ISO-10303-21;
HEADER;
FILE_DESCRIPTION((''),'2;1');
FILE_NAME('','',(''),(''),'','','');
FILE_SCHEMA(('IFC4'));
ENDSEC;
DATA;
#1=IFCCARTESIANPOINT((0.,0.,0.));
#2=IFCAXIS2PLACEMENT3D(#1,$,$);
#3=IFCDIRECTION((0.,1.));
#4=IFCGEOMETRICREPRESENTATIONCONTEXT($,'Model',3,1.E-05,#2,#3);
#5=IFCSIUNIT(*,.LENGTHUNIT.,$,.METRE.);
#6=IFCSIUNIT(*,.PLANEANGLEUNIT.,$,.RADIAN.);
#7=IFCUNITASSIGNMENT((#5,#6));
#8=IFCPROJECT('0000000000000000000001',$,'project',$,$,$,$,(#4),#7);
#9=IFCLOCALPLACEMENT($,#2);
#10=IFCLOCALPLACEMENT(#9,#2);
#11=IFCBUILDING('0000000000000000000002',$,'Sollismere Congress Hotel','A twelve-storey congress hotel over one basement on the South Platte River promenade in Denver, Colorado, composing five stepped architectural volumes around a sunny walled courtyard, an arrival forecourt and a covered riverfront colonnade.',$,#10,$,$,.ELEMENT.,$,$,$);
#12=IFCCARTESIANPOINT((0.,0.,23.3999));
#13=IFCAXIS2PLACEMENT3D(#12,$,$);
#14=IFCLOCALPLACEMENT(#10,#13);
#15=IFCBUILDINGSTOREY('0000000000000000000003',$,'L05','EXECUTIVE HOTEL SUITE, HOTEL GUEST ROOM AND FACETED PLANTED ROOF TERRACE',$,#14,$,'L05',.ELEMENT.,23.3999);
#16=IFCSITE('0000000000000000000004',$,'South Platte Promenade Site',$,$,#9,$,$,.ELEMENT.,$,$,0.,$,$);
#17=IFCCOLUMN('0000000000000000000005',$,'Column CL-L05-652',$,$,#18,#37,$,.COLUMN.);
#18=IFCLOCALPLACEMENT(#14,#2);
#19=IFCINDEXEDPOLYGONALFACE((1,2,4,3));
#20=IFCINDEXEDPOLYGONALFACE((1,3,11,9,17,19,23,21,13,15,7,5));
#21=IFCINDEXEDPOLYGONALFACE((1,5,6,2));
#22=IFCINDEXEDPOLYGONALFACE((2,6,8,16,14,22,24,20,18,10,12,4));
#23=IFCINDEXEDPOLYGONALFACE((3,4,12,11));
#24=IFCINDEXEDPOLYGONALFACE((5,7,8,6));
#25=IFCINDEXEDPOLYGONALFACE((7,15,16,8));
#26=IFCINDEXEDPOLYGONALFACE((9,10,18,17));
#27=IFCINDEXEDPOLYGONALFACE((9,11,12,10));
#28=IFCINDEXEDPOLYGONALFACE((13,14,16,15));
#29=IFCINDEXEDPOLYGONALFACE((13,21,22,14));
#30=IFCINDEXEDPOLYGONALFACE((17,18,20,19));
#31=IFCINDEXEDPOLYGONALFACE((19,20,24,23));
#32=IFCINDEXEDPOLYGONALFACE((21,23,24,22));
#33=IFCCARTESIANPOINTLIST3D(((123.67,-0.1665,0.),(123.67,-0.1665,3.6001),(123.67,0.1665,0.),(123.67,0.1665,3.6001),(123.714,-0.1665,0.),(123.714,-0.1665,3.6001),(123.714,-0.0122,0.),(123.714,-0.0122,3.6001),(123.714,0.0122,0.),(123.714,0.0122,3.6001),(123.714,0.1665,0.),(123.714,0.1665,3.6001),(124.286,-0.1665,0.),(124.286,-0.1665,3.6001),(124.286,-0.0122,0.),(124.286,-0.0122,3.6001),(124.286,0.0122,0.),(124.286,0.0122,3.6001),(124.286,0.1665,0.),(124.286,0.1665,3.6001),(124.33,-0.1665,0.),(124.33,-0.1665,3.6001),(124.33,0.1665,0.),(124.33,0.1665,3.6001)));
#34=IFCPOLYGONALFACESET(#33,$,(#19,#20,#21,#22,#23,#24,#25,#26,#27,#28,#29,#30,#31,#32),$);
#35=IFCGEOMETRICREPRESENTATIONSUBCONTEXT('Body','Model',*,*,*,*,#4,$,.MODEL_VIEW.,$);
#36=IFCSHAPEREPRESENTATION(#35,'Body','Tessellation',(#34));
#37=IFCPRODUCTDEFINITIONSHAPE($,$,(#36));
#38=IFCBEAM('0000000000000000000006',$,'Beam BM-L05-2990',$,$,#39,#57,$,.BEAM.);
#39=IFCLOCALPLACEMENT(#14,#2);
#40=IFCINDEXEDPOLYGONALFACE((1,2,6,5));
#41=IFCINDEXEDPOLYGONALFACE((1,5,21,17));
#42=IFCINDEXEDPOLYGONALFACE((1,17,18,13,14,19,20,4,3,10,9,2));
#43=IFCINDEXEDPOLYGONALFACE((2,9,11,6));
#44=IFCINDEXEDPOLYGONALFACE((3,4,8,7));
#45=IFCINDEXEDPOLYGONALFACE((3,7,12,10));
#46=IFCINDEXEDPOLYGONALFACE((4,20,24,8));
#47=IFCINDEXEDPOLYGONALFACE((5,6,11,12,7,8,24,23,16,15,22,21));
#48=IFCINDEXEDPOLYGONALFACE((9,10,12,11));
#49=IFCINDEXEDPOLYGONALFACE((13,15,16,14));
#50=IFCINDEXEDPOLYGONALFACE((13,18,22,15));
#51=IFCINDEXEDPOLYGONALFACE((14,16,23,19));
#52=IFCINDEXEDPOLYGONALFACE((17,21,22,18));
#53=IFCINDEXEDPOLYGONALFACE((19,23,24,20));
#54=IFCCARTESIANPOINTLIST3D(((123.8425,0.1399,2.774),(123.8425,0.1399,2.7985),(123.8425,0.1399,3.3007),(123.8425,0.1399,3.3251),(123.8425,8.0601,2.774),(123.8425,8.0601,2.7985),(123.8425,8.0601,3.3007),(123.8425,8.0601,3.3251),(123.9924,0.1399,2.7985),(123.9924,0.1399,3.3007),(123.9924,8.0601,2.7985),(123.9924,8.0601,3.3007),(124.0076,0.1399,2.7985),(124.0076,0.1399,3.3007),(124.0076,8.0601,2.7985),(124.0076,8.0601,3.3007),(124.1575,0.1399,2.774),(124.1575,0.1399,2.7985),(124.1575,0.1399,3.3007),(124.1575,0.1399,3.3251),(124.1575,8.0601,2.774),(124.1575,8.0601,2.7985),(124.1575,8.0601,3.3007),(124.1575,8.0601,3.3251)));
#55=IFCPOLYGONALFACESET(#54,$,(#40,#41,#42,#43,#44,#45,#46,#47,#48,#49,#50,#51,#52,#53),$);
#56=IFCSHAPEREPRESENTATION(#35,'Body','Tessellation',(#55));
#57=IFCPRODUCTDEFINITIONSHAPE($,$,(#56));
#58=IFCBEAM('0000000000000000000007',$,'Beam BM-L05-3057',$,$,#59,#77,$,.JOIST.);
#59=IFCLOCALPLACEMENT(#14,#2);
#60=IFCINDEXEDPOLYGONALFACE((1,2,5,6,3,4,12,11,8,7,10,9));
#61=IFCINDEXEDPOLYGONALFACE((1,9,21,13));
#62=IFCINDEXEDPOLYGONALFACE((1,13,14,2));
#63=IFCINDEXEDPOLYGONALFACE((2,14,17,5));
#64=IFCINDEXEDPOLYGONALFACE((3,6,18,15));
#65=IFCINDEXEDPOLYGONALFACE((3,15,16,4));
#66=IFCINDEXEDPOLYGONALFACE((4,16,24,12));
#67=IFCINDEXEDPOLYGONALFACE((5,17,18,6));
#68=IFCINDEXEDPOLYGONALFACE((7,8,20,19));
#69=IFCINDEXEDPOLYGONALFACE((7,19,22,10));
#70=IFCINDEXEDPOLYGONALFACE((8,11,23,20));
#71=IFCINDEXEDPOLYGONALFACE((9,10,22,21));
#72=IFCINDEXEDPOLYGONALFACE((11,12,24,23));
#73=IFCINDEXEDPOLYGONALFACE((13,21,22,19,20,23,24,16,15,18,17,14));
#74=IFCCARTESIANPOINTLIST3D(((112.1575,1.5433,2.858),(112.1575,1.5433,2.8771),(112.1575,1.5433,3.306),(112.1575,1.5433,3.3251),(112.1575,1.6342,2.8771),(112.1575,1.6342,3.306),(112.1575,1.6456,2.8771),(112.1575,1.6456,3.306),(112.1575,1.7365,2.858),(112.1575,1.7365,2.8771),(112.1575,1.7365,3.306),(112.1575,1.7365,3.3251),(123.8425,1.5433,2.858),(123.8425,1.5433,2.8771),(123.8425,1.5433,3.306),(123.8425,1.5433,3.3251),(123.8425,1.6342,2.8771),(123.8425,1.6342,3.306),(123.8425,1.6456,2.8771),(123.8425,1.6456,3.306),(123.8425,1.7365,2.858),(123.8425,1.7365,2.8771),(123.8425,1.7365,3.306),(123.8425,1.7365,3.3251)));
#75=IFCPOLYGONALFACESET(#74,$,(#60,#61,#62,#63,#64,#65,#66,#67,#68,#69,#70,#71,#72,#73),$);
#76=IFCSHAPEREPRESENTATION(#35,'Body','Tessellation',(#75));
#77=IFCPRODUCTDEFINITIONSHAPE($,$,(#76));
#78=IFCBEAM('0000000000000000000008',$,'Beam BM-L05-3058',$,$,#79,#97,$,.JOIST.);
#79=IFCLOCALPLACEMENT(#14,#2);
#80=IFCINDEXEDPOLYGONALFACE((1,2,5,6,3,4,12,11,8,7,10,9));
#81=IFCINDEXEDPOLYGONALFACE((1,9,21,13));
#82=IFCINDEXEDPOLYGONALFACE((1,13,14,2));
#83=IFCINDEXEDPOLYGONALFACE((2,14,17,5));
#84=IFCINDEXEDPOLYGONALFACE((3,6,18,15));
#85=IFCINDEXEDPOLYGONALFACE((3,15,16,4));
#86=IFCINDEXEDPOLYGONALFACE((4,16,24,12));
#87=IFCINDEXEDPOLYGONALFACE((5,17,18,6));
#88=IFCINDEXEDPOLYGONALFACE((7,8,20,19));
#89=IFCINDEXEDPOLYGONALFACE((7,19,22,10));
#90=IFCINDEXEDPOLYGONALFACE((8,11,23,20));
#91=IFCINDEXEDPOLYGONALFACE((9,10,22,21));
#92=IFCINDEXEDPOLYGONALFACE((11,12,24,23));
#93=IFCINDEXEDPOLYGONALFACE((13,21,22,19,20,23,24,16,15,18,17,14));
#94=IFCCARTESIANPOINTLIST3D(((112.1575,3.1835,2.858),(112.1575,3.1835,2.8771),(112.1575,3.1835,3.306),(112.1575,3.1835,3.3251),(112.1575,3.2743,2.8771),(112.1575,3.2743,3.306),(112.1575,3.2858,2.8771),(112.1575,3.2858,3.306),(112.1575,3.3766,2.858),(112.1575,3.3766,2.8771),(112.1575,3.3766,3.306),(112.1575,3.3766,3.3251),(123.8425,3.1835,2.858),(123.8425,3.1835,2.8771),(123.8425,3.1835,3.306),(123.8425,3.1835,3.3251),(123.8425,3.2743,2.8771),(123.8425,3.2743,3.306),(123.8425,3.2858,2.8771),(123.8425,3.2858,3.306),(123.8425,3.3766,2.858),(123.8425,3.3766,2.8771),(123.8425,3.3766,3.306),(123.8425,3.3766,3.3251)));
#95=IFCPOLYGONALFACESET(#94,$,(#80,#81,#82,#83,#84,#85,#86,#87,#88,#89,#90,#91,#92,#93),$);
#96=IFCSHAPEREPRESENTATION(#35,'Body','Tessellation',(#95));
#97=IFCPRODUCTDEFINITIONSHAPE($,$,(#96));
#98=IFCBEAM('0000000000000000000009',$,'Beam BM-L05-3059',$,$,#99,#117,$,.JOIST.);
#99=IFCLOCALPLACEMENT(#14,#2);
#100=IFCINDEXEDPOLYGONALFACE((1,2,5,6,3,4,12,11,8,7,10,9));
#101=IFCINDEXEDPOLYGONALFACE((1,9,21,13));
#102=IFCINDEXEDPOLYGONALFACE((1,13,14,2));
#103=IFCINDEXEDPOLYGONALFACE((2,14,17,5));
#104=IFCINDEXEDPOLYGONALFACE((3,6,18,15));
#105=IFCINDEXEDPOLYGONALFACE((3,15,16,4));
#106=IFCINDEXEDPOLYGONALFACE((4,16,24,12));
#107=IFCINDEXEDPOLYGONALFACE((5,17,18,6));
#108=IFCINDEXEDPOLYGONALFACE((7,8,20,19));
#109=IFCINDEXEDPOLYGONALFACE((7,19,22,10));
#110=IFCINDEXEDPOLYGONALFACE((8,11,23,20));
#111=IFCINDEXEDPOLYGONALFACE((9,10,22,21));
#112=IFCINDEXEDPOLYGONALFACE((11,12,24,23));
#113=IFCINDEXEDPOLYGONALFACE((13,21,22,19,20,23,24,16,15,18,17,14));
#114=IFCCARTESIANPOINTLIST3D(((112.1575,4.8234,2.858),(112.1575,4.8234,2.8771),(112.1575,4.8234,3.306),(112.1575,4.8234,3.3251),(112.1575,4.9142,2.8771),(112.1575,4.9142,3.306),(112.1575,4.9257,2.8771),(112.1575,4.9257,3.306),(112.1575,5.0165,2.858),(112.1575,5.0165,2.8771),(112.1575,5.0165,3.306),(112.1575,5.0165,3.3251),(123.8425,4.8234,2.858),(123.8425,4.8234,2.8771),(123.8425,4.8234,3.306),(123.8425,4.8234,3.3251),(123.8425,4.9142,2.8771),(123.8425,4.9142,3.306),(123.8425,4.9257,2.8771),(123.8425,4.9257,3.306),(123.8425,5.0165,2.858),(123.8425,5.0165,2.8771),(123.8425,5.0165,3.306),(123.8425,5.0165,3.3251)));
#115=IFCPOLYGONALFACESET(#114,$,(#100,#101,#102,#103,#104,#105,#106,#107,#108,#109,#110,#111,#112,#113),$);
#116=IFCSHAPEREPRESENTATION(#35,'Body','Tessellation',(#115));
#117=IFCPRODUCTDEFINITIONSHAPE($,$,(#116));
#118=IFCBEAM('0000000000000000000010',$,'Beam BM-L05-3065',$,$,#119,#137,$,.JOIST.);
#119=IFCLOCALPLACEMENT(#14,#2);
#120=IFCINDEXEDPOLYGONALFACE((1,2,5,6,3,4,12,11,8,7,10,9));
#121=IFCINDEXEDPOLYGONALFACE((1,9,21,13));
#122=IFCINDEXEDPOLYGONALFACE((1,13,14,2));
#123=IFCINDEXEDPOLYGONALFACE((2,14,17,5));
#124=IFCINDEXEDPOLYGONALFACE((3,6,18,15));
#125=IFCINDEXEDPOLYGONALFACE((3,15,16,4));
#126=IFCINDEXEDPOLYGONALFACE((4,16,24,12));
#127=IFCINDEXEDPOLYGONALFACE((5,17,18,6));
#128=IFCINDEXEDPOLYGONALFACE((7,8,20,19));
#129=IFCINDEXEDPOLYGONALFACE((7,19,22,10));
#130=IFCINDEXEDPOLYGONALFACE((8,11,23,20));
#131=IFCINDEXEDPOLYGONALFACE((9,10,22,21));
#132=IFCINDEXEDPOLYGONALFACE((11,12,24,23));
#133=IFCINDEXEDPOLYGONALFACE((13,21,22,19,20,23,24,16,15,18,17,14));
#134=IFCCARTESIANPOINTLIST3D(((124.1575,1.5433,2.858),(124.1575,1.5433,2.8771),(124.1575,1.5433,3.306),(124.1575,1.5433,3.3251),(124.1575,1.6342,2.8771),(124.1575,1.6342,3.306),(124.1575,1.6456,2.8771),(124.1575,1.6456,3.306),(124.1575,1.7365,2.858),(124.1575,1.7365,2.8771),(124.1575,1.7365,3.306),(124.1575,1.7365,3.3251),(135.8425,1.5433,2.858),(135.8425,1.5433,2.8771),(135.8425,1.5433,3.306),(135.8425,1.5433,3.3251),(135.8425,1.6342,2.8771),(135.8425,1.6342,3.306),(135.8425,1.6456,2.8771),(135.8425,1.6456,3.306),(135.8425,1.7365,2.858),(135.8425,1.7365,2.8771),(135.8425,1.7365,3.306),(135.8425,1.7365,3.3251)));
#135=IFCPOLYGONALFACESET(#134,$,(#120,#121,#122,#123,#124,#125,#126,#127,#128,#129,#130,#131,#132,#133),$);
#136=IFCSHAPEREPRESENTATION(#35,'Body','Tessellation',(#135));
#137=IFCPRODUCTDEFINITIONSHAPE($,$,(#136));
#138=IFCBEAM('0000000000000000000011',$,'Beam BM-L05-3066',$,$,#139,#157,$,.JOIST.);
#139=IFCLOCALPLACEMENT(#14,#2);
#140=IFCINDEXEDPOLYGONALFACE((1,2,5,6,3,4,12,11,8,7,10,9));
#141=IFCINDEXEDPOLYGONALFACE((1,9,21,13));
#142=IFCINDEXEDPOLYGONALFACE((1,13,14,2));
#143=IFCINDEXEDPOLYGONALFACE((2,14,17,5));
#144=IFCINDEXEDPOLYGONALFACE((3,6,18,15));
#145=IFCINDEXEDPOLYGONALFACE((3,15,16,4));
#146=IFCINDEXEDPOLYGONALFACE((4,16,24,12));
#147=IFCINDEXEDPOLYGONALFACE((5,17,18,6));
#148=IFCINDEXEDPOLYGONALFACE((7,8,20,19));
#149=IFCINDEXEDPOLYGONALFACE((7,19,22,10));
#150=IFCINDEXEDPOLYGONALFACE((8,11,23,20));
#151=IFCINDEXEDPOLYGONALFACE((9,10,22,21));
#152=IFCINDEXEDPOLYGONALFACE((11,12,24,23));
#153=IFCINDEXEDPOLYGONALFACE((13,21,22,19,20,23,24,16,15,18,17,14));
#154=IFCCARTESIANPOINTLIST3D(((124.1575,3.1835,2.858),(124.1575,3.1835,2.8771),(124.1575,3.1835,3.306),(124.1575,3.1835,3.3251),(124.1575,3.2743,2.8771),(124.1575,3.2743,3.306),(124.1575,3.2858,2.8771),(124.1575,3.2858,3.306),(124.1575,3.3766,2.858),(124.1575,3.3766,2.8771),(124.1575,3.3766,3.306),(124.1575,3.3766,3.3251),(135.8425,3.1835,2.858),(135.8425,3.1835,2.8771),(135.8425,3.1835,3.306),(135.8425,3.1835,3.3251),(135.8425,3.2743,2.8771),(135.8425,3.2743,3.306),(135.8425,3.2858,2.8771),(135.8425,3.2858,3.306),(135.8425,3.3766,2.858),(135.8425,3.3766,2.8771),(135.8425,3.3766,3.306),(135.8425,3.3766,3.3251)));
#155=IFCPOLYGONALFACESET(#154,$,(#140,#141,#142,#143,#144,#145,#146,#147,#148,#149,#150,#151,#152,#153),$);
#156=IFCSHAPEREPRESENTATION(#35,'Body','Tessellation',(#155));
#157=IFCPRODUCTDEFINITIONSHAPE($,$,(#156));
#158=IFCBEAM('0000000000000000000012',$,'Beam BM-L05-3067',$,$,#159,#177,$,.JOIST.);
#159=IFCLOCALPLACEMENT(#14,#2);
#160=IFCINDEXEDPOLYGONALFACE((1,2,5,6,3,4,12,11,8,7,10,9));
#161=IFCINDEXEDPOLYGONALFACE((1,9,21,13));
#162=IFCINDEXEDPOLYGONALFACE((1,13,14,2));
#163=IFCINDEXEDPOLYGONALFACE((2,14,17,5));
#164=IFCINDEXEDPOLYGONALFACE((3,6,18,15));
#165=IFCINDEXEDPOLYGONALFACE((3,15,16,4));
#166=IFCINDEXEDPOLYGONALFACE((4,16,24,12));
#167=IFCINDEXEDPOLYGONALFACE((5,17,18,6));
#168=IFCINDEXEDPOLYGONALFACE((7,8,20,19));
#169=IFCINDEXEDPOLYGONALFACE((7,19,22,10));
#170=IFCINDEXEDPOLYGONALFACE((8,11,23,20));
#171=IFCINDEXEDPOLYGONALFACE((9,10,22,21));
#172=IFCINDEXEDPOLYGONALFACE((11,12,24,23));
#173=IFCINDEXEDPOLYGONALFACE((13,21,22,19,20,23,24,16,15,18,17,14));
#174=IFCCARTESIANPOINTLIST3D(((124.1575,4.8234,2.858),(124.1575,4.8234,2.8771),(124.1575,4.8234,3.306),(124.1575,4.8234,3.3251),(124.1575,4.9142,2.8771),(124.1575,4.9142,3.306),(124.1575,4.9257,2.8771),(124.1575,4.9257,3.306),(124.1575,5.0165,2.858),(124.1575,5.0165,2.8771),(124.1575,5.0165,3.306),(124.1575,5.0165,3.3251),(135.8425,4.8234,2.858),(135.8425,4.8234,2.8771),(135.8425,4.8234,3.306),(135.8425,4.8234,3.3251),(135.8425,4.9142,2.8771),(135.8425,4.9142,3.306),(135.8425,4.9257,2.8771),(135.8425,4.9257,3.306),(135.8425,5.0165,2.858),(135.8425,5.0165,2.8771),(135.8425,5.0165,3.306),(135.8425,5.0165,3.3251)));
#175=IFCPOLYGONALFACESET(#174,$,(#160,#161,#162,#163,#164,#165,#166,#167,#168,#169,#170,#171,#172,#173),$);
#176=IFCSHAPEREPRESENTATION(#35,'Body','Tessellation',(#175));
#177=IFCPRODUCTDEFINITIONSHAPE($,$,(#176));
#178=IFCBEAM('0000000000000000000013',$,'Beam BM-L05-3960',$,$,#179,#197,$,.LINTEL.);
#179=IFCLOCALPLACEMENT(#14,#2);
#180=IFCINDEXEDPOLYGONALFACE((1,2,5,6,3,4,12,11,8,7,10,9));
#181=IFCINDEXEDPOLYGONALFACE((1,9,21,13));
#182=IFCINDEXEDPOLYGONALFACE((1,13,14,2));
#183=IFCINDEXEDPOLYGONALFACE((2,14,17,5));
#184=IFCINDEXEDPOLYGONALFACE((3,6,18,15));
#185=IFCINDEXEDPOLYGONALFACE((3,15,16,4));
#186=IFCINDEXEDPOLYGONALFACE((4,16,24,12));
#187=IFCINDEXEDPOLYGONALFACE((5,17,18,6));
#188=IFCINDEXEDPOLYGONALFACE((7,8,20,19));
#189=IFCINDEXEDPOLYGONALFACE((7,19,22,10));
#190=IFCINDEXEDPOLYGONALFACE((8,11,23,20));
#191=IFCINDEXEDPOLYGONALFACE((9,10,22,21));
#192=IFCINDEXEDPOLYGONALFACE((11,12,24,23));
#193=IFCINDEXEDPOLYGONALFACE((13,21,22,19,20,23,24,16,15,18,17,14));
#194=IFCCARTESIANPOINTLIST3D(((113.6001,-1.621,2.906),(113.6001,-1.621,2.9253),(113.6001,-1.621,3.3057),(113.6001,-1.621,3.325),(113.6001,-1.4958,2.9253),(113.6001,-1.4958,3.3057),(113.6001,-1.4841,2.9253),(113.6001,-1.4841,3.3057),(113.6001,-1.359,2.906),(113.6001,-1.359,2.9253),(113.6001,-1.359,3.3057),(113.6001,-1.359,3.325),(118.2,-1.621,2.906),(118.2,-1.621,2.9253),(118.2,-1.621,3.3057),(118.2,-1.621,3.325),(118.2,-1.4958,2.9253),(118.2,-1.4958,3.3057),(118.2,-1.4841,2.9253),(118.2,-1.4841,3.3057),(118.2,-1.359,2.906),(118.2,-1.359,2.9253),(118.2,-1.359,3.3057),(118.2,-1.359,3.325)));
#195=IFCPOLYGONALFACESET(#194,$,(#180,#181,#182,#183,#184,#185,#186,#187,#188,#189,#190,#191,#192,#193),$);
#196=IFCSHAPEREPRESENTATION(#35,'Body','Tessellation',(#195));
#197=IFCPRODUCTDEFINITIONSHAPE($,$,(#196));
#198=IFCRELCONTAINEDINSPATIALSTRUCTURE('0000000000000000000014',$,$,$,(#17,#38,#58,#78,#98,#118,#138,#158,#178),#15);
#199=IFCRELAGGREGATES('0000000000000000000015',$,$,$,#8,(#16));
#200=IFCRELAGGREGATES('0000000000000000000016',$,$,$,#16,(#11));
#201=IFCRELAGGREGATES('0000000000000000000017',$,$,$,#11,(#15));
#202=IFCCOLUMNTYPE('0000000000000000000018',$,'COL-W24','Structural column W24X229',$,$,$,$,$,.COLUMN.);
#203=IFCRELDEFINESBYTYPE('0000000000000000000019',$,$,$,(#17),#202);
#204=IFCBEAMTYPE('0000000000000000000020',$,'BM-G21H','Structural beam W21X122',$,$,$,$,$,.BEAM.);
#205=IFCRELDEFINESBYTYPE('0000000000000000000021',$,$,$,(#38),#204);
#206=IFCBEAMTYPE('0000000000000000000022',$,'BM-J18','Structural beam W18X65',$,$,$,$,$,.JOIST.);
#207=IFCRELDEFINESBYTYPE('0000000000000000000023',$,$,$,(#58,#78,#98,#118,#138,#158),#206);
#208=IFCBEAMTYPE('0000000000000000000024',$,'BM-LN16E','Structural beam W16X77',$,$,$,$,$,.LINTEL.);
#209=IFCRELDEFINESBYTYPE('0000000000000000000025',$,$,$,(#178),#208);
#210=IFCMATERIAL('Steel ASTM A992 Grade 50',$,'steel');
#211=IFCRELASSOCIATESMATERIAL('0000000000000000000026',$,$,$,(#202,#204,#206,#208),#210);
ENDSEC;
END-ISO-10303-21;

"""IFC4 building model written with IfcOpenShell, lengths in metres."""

from ifc_helpers import new_model, si_unit, direction, frame, origin, origin_2d, place, context, subcontext, project, spatial, i_section, extrude, material, material_profile, profile_set, type_object, element, save


model = new_model("IFC4")

# Units and contexts
model_context = context("Model", 3, precision=1e-05, world=origin(), true_north=direction((0.0, 1.0)))
body_context = subcontext(model_context, "Body", "Model", "MODEL_VIEW")
ifc_project = project(units=[si_unit("LENGTHUNIT", "METRE"), si_unit("PLANEANGLEUNIT", "RADIAN")], contexts=[model_context])

# Site, building, storey
site_placement = place(None, origin())
site = spatial("IfcSite", under=ifc_project, at=site_placement, Name="South Platte Promenade Site", CompositionType="ELEMENT", RefElevation=0.0)
building_placement = place(site_placement, origin())
building = spatial("IfcBuilding", under=site, at=building_placement, Name="Sollismere Congress Hotel", Description="A twelve-storey congress hotel over one basement on the South Platte River promenade in Denver, Colorado, composing five stepped architectural volumes around a sunny walled courtyard, an arrival forecourt and a covered riverfront colonnade.", CompositionType="ELEMENT")
storey_placement = place(building_placement, frame((0.0, 0.0, 23.3999)))
storey = spatial("IfcBuildingStorey", under=building, at=storey_placement, Name="L05", Description="EXECUTIVE HOTEL SUITE, HOTEL GUEST ROOM AND FACETED PLANTED ROOF TERRACE", LongName="L05", CompositionType="ELEMENT", Elevation=23.3999)

# Column
ifc_material_1 = material(Name="Steel ASTM A992 Grade 50", Category="steel")
ifc_material_profile_1 = material_profile(ifc_material_1, i_section(OverallWidth=0.333, OverallDepth=0.6599, WebThickness=0.0244, FlangeThickness=0.0439, at=origin_2d()), Name="W24X229")
ifc_profile_set_1 = profile_set([ifc_material_profile_1], Name="Steel ASTM A992 Grade 50")
column_type = type_object("IfcColumnType", Name="COL-W24", Description="Structural column W24X229", PredefinedType="COLUMN", material=ifc_profile_set_1)
column_placement = place(storey_placement, frame((124.0, 0.0, 0.0), z_axis=(0.0, 0.0, 1.0), x_axis=(0.0, 1.0, 0.0)))
element("IfcColumn", 1, at=column_placement, inside=storey, type_object=column_type, Name="Column CL-L05-652", PredefinedType="COLUMN", context=body_context, shape_type="SweptSolid", body=[
    extrude(i_section(OverallWidth=0.333, OverallDepth=0.6599, WebThickness=0.0244, FlangeThickness=0.0439, at=origin_2d()), origin(), (0.0, 0.0, 1.0), 3.6001),
])

# Beams
ifc_material_profile_2 = material_profile(ifc_material_1, i_section(OverallWidth=0.3149, OverallDepth=0.551, WebThickness=0.0151, FlangeThickness=0.0244, at=origin_2d()), Name="W21X122")
ifc_profile_set_2 = profile_set([ifc_material_profile_2], Name="Steel ASTM A992 Grade 50")
beam_type_1 = type_object("IfcBeamType", Name="BM-G21H", Description="Structural beam W21X122", PredefinedType="BEAM", material=ifc_profile_set_2)
beam_1_placement = place(storey_placement, frame((124.0, 0.1399, 3.0496), z_axis=(0.0, 1.0, 0.0), x_axis=(-1.0, 0.0, 0.0)))
element("IfcBeam", 2, at=beam_1_placement, inside=storey, type_object=beam_type_1, Name="Beam BM-L05-2990", PredefinedType="BEAM", context=body_context, shape_type="SweptSolid", body=[
    extrude(i_section(OverallWidth=0.3149, OverallDepth=0.551, WebThickness=0.0151, FlangeThickness=0.0244, at=origin_2d()), origin(), (0.0, 0.0, 1.0), 7.9202),
])
ifc_material_profile_3 = material_profile(ifc_material_1, i_section(OverallWidth=0.1931, OverallDepth=0.467, WebThickness=0.0115, FlangeThickness=0.019, at=origin_2d()), Name="W18X65")
ifc_profile_set_3 = profile_set([ifc_material_profile_3], Name="Steel ASTM A992 Grade 50")
beam_type_2 = type_object("IfcBeamType", Name="BM-J18", Description="Structural beam W18X65", PredefinedType="JOIST", material=ifc_profile_set_3)
for number, where, z_axis, x_axis, name in (
    (3, (112.1575, 1.6399, 3.0916), (1.0, 0.0, 0.0), (0.0, 1.0, 0.0), "Beam BM-L05-3057"),
    (4, (112.1575, 3.28, 3.0916), (1.0, 0.0, 0.0), (0.0, 1.0, 0.0), "Beam BM-L05-3058"),
    (5, (112.1575, 4.9199, 3.0916), (1.0, 0.0, 0.0), (0.0, 1.0, 0.0), "Beam BM-L05-3059"),
    (6, (124.1575, 1.6399, 3.0916), (1.0, 0.0, 0.0), (0.0, 1.0, 0.0), "Beam BM-L05-3065"),
    (7, (124.1575, 3.28, 3.0916), (1.0, 0.0, 0.0), (0.0, 1.0, 0.0), "Beam BM-L05-3066"),
    (8, (124.1575, 4.9199, 3.0916), (1.0, 0.0, 0.0), (0.0, 1.0, 0.0), "Beam BM-L05-3067"),
):
    element("IfcBeam", number, at=place(storey_placement, frame(where, z_axis=z_axis, x_axis=x_axis)), inside=storey, type_object=beam_type_2, Name=name, PredefinedType="JOIST", context=body_context, shape_type="SweptSolid", body=[
        extrude(i_section(OverallWidth=0.1931, OverallDepth=0.467, WebThickness=0.0115, FlangeThickness=0.019, at=origin_2d()), origin(), (0.0, 0.0, 1.0), 11.6851),
    ])
ifc_material_profile_4 = material_profile(ifc_material_1, i_section(OverallWidth=0.262, OverallDepth=0.4189, WebThickness=0.0117, FlangeThickness=0.0193, at=origin_2d()), Name="W16X77")
ifc_profile_set_4 = profile_set([ifc_material_profile_4], Name="Steel ASTM A992 Grade 50")
beam_type_3 = type_object("IfcBeamType", Name="BM-LN16E", Description="Structural beam W16X77", PredefinedType="LINTEL", material=ifc_profile_set_4)
beam_2_placement = place(storey_placement, frame((113.6001, -1.49, 3.1155), z_axis=(1.0, 0.0, 0.0), x_axis=(0.0, 1.0, 0.0)))
element("IfcBeam", 9, at=beam_2_placement, inside=storey, type_object=beam_type_3, Name="Beam BM-L05-3960", PredefinedType="LINTEL", context=body_context, shape_type="SweptSolid", body=[
    extrude(i_section(OverallWidth=0.262, OverallDepth=0.4189, WebThickness=0.0117, FlangeThickness=0.0193, at=origin_2d()), origin(), (0.0, 0.0, 1.0), 4.5999),
])

save(model, "model.ifc")
